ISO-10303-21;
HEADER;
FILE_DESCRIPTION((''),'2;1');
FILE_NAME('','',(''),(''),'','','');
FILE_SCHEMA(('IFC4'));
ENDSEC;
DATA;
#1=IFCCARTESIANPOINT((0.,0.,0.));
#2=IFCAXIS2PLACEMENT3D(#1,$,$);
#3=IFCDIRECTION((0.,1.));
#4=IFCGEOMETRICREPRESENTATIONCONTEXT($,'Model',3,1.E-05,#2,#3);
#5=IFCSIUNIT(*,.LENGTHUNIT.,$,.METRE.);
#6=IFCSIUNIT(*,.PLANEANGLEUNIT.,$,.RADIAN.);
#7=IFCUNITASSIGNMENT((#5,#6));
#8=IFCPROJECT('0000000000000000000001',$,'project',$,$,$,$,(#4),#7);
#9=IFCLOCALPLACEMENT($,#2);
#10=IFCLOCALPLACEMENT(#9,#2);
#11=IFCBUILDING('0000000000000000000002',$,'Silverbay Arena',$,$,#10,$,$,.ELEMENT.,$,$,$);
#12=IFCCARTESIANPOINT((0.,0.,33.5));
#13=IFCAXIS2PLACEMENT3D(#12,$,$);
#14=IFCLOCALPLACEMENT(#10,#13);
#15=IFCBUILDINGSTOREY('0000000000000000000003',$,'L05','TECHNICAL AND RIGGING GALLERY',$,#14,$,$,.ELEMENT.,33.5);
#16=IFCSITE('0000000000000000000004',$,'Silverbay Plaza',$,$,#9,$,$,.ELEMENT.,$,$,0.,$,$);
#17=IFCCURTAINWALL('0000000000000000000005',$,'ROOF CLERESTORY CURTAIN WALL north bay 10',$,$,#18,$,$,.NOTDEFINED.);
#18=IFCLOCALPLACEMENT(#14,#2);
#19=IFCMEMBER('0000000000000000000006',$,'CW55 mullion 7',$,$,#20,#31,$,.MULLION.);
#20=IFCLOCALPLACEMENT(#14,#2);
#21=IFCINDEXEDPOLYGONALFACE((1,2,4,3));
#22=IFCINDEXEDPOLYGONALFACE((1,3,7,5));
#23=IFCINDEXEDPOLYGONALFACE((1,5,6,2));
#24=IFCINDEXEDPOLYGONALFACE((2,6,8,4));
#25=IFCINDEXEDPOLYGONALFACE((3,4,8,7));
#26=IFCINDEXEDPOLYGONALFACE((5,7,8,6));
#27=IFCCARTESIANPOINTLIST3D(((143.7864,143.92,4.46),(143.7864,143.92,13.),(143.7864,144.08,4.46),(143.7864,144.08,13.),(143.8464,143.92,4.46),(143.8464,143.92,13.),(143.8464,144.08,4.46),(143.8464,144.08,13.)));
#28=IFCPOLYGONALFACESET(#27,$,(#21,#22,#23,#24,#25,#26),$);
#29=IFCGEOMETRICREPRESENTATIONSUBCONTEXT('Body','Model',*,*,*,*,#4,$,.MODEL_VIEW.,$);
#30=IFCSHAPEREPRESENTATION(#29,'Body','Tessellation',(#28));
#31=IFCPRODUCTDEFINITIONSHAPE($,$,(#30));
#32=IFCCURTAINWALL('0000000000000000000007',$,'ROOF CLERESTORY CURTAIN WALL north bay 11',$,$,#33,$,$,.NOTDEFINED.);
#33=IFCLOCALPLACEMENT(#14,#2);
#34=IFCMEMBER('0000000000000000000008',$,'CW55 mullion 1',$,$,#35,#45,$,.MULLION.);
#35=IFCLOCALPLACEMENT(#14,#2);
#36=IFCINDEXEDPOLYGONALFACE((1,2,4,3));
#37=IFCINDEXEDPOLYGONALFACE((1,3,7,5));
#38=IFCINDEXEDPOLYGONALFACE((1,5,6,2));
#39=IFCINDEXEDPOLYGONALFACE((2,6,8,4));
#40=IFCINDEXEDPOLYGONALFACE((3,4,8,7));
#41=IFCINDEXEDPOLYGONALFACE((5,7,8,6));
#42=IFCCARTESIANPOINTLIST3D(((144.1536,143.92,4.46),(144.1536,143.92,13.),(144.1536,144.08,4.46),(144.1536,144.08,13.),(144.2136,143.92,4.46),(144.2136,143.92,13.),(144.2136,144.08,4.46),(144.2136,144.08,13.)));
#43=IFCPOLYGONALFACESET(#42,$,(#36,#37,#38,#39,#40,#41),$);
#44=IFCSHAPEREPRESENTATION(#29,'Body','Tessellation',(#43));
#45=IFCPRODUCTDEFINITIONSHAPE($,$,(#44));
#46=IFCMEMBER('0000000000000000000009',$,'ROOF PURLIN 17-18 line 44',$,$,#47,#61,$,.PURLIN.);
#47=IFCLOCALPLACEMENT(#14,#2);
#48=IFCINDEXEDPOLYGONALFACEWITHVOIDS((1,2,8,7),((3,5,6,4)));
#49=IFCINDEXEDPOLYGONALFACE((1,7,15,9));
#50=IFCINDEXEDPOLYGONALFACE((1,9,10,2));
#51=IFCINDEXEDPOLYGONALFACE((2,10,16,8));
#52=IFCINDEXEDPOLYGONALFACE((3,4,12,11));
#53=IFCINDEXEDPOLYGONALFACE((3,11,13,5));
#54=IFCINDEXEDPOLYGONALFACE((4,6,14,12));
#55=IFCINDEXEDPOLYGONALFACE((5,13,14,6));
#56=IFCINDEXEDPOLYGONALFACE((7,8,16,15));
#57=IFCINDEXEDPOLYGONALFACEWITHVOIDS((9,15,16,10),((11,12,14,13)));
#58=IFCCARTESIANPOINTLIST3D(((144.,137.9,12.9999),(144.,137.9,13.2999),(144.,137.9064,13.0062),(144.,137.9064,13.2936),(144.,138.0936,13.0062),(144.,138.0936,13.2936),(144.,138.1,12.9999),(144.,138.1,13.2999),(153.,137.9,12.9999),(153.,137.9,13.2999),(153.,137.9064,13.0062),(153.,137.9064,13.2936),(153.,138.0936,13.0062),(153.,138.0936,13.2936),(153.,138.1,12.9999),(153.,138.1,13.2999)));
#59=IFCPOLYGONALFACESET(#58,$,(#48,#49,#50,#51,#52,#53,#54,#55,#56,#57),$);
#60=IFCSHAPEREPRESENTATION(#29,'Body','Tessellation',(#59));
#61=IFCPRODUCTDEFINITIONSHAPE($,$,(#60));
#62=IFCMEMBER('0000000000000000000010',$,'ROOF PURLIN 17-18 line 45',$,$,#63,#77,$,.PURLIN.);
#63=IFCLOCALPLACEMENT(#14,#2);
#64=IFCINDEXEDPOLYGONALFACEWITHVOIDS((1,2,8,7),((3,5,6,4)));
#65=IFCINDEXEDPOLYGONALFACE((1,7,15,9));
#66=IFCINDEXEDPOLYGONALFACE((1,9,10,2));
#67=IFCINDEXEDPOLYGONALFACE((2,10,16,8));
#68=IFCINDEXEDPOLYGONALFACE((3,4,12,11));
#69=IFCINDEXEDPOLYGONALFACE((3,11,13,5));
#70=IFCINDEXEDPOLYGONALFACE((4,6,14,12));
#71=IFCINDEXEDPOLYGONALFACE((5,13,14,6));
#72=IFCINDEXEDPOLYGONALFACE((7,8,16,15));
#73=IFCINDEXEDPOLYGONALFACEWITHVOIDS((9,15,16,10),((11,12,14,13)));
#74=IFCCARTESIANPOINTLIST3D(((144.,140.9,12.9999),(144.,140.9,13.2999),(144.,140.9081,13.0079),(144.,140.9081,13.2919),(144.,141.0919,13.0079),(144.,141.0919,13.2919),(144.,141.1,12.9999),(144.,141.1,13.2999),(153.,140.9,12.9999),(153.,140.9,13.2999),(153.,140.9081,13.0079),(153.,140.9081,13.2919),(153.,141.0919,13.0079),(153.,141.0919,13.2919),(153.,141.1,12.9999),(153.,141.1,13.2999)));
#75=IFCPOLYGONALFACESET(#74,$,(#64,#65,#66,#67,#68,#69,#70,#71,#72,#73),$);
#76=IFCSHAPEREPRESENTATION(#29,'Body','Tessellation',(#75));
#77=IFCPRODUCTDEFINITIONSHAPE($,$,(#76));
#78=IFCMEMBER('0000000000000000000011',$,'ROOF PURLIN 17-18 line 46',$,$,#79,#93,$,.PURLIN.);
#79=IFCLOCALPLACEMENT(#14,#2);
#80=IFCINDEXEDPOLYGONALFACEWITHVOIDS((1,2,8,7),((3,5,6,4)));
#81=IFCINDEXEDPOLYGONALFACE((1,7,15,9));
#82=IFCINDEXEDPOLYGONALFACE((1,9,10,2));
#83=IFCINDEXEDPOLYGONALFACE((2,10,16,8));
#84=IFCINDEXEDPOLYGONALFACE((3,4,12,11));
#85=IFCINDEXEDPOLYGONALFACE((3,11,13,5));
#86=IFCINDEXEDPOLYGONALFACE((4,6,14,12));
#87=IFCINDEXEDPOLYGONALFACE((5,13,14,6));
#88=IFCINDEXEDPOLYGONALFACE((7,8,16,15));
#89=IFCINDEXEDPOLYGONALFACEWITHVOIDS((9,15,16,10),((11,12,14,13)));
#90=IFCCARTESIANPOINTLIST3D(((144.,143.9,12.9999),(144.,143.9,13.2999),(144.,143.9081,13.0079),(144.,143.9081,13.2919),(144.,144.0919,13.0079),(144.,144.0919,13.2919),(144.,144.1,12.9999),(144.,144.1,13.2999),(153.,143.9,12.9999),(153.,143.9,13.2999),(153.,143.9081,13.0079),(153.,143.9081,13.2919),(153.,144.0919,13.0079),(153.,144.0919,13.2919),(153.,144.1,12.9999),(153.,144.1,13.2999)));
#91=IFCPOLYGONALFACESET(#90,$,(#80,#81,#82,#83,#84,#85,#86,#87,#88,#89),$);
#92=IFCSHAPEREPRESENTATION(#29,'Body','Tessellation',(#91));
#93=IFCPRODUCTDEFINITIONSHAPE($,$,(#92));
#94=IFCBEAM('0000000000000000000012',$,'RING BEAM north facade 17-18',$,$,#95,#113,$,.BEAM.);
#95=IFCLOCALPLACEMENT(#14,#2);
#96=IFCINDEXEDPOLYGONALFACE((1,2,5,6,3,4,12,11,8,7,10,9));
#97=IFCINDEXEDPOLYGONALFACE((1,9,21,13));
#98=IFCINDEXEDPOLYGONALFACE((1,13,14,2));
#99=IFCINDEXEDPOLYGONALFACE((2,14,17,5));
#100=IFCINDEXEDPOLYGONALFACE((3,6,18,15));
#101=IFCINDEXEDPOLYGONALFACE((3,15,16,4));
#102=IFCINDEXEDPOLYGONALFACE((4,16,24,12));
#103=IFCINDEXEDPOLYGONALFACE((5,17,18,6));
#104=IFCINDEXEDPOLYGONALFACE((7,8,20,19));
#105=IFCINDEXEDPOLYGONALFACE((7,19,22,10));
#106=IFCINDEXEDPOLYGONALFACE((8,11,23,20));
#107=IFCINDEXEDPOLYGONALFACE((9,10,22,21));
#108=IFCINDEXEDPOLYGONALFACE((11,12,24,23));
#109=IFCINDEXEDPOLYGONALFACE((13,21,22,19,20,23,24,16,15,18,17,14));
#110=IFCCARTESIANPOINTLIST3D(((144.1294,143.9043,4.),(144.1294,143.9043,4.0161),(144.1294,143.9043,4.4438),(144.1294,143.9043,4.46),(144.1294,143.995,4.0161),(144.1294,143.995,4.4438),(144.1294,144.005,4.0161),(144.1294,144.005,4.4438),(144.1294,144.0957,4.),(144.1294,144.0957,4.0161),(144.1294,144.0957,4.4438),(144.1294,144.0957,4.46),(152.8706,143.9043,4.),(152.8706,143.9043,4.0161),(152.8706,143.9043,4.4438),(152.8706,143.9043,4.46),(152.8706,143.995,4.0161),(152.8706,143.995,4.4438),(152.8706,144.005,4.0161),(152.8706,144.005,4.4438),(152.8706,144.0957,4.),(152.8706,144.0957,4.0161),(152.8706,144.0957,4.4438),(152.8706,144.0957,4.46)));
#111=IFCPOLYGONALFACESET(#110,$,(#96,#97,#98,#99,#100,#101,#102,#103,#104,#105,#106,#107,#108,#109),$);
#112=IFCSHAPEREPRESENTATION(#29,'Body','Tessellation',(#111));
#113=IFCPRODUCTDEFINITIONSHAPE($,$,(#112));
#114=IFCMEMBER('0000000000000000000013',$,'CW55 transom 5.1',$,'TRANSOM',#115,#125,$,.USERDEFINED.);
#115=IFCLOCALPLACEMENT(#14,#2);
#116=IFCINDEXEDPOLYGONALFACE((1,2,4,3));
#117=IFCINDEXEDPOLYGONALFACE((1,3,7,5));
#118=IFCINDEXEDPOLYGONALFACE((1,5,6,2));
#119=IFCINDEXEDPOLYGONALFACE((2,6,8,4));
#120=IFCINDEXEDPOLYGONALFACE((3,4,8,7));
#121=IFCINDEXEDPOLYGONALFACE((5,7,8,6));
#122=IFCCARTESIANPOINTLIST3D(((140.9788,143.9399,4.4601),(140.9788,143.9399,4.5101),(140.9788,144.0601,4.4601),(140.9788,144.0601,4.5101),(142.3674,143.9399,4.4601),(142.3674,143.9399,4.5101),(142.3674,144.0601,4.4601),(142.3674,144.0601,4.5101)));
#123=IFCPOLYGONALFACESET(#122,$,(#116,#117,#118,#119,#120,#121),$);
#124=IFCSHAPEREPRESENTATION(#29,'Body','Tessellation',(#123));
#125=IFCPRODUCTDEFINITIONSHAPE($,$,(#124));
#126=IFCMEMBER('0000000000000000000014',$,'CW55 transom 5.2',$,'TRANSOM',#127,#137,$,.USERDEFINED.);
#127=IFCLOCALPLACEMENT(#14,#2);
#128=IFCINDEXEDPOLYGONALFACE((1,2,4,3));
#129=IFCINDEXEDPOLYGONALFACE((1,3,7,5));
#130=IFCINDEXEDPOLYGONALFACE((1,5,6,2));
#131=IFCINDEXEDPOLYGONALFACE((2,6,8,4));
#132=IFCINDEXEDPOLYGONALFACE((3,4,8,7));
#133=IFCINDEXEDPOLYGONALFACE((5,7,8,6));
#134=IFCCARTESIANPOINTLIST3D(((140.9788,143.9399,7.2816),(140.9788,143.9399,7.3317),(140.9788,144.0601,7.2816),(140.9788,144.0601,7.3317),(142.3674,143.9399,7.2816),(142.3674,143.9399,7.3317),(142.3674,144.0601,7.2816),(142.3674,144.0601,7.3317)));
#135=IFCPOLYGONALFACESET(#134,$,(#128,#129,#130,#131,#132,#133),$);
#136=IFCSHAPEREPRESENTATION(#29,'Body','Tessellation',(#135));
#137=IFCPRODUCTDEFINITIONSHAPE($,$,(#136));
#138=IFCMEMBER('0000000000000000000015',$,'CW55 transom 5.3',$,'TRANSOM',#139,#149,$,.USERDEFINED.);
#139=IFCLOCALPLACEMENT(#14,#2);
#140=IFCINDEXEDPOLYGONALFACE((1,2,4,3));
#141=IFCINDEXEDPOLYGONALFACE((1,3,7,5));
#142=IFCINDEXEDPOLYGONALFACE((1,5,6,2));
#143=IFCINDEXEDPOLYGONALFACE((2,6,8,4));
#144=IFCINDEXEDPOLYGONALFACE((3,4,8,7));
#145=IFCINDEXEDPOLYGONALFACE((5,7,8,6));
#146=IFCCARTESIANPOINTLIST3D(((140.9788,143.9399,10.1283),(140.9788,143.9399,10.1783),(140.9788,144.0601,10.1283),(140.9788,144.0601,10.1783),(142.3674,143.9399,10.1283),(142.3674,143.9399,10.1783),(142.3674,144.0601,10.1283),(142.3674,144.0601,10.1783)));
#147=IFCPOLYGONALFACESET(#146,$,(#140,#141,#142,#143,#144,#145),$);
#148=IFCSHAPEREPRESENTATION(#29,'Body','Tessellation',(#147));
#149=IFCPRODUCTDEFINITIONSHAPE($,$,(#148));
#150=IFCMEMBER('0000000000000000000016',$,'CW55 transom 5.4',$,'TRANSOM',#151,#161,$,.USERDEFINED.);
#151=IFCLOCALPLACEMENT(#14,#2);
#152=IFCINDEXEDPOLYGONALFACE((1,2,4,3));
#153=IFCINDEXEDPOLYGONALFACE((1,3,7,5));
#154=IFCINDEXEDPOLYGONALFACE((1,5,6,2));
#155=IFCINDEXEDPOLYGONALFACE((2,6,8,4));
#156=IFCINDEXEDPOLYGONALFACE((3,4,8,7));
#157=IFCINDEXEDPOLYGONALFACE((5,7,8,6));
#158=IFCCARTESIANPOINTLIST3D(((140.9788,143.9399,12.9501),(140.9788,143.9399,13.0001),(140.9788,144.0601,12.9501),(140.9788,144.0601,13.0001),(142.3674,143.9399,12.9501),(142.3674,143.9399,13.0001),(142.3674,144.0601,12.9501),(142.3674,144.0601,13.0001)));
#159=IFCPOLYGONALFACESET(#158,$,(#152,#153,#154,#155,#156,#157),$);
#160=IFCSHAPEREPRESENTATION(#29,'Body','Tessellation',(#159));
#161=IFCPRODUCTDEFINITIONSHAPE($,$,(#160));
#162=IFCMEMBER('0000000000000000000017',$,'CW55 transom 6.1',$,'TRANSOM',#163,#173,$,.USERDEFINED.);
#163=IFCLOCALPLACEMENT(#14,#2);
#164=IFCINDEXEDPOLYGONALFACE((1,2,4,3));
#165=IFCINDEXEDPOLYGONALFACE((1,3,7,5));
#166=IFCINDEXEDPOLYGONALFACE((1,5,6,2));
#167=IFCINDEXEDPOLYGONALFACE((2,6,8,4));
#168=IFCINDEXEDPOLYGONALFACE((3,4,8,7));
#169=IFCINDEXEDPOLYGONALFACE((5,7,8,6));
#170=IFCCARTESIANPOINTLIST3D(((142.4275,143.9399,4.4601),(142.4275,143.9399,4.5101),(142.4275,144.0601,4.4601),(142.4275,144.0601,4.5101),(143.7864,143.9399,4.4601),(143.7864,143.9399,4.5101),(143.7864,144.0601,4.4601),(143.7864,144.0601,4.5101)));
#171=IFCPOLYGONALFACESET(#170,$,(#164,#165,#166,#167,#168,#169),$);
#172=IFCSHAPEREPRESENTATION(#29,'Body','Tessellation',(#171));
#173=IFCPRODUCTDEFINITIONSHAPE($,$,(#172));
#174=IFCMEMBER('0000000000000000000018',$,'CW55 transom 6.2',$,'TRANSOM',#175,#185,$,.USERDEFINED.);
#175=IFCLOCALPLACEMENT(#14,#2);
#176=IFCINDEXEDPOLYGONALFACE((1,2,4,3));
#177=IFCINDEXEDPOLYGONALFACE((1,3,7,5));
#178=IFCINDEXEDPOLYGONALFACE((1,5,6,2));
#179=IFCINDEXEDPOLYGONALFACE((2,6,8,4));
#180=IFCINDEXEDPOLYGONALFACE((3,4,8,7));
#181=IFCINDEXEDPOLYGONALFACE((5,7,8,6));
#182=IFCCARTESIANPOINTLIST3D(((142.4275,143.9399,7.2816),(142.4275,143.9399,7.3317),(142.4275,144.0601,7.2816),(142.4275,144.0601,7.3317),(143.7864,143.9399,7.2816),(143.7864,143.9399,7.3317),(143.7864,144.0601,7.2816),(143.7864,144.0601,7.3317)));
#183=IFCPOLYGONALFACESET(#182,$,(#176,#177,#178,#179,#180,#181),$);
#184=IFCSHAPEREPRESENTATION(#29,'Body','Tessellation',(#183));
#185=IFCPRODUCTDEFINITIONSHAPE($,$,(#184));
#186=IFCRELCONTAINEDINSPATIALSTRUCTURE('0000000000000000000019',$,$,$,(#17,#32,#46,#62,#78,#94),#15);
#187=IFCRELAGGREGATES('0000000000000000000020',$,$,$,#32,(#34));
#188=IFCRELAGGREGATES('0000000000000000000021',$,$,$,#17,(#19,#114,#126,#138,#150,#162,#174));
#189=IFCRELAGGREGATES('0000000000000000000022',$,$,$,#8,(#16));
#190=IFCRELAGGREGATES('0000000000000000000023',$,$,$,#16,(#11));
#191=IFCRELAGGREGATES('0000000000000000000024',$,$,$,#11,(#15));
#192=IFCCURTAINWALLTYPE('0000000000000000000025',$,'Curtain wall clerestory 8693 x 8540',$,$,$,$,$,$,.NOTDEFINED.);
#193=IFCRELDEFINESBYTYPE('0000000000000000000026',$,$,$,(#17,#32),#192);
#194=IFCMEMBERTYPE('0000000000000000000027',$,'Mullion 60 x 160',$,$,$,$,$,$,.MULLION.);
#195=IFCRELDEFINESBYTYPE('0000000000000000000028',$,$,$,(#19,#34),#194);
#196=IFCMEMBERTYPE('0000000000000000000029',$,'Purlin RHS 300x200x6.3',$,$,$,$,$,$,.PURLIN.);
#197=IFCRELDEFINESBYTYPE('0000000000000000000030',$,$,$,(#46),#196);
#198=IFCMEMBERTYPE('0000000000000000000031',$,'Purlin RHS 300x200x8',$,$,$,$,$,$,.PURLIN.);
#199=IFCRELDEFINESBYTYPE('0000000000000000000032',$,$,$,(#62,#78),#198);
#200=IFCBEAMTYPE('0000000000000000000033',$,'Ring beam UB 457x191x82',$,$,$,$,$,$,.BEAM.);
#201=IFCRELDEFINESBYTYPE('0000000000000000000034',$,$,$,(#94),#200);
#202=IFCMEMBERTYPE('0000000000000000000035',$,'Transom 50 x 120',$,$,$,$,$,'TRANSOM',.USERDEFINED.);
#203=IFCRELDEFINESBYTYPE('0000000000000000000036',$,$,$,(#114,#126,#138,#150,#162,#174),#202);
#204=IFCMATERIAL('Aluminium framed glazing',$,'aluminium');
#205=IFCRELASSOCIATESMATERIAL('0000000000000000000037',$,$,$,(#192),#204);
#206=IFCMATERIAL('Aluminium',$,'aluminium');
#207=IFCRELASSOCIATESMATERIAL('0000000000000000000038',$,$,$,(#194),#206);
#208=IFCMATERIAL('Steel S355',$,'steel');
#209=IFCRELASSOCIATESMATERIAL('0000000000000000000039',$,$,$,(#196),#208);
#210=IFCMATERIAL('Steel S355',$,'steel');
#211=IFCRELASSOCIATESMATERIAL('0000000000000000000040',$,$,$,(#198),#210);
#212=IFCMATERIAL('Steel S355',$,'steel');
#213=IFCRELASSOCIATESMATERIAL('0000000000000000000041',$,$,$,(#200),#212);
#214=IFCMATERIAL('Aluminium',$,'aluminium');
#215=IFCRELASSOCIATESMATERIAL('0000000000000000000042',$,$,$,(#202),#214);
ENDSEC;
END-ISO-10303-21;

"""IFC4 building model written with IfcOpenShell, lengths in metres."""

from ifc_helpers import new_model, si_unit, direction, frame, origin, origin_2d, place, context, subcontext, project, spatial, rectangle, hollow_rectangle, i_section, extrude, material, material_profile, profile_set, type_object, element, aggregate, save


model = new_model("IFC4")

# Units and contexts
model_context = context("Model", 3, precision=1e-05, world=origin(), true_north=direction((0.0, 1.0)))
body_context = subcontext(model_context, "Body", "Model", "MODEL_VIEW")
ifc_project = project(units=[si_unit("LENGTHUNIT", "METRE"), si_unit("PLANEANGLEUNIT", "RADIAN")], contexts=[model_context])

# Site, building, storey
site_placement = place(None, origin())
site = spatial("IfcSite", under=ifc_project, at=site_placement, Name="Silverbay Plaza", CompositionType="ELEMENT", RefElevation=0.0)
building_placement = place(site_placement, origin())
building = spatial("IfcBuilding", under=site, at=building_placement, Name="Silverbay Arena", CompositionType="ELEMENT")
storey_placement = place(building_placement, frame((0.0, 0.0, 33.5)))
storey = spatial("IfcBuildingStorey", under=building, at=storey_placement, Name="L05", Description="TECHNICAL AND RIGGING GALLERY", CompositionType="ELEMENT", Elevation=33.5)

# Curtain wall, member
ifc_material_1 = material(Name="Aluminium framed glazing", Category="aluminium")
curtain_wall_type = type_object("IfcCurtainWallType", Name="Curtain wall clerestory 8693 x 8540", PredefinedType="NOTDEFINED", material=ifc_material_1)
curtain_wall_1_placement = place(storey_placement, origin())
curtain_wall_1 = element("IfcCurtainWall", 1, at=curtain_wall_1_placement, inside=storey, type_object=curtain_wall_type, Name="ROOF CLERESTORY CURTAIN WALL north bay 10", PredefinedType="NOTDEFINED")
ifc_material_2 = material(Name="Aluminium", Category="aluminium")
ifc_material_profile_1 = material_profile(ifc_material_2, rectangle(XDim=0.1599, YDim=0.0601, at=origin_2d()), Name="Mullion 60 x 160")
ifc_profile_set_1 = profile_set([ifc_material_profile_1], Name="Aluminium")
member_type_1 = type_object("IfcMemberType", Name="Mullion 60 x 160", PredefinedType="MULLION", material=ifc_profile_set_1)
member_1_placement = place(storey_placement, frame((143.8164, 144.0, 4.46), z_axis=(0.0, 0.0, 1.0), x_axis=(0.0, 1.0, 0.0)))
member_1 = element("IfcMember", 2, at=member_1_placement, type_object=member_type_1, Name="CW55 mullion 7", PredefinedType="MULLION", context=body_context, shape_type="SweptSolid", body=[
    extrude(rectangle(XDim=0.1599, YDim=0.0601, at=origin_2d()), origin(), (0.0, 0.0, 1.0), 8.54),
])

# Curtain wall, member
curtain_wall_2_placement = place(storey_placement, origin())
curtain_wall_2 = element("IfcCurtainWall", 3, at=curtain_wall_2_placement, inside=storey, type_object=curtain_wall_type, Name="ROOF CLERESTORY CURTAIN WALL north bay 11", PredefinedType="NOTDEFINED")
member_2_placement = place(storey_placement, frame((144.1836, 144.0, 4.46), z_axis=(0.0, 0.0, 1.0), x_axis=(0.0, 1.0, 0.0)))
member_2 = element("IfcMember", 4, at=member_2_placement, type_object=member_type_1, Name="CW55 mullion 1", PredefinedType="MULLION", context=body_context, shape_type="SweptSolid", body=[
    extrude(rectangle(XDim=0.1599, YDim=0.0601, at=origin_2d()), origin(), (0.0, 0.0, 1.0), 8.54),
])

# Members
ifc_material_3 = material(Name="Steel S355", Category="steel")
ifc_material_profile_2 = material_profile(ifc_material_3, hollow_rectangle(XDim=0.2, YDim=0.3, WallThickness=0.0063, at=origin_2d()), Name="RHS 300x200x6.3")
ifc_profile_set_2 = profile_set([ifc_material_profile_2], Name="Steel S355")
member_type_2 = type_object("IfcMemberType", Name="Purlin RHS 300x200x6.3", PredefinedType="PURLIN", material=ifc_profile_set_2)
member_3_placement = place(storey_placement, frame((144.0, 138.0, 13.1499), z_axis=(1.0, 0.0, 0.0), x_axis=(0.0, 1.0, 0.0)))
element("IfcMember", 5, at=member_3_placement, inside=storey, type_object=member_type_2, Name="ROOF PURLIN 17-18 line 44", PredefinedType="PURLIN", context=body_context, shape_type="SweptSolid", body=[
    extrude(hollow_rectangle(XDim=0.2, YDim=0.3, WallThickness=0.0063, at=origin_2d()), origin(), (0.0, 0.0, 1.0), 9.0),
])
ifc_material_4 = material(Name="Steel S355", Category="steel")
ifc_material_profile_3 = material_profile(ifc_material_4, hollow_rectangle(XDim=0.2, YDim=0.3, WallThickness=0.0081, at=origin_2d()), Name="RHS 300x200x8")
ifc_profile_set_3 = profile_set([ifc_material_profile_3], Name="Steel S355")
member_type_3 = type_object("IfcMemberType", Name="Purlin RHS 300x200x8", PredefinedType="PURLIN", material=ifc_profile_set_3)
for number, where, z_axis, x_axis, name in (
    (6, (144.0, 141.0, 13.1499), (1.0, 0.0, 0.0), (0.0, 1.0, 0.0), "ROOF PURLIN 17-18 line 45"),
    (7, (144.0, 144.0, 13.1499), (1.0, 0.0, 0.0), (0.0, 1.0, 0.0), "ROOF PURLIN 17-18 line 46"),
):
    element("IfcMember", number, at=place(storey_placement, frame(where, z_axis=z_axis, x_axis=x_axis)), inside=storey, type_object=member_type_3, Name=name, PredefinedType="PURLIN", context=body_context, shape_type="SweptSolid", body=[
        extrude(hollow_rectangle(XDim=0.2, YDim=0.3, WallThickness=0.0081, at=origin_2d()), origin(), (0.0, 0.0, 1.0), 9.0),
    ])

# Beam
ifc_material_5 = material(Name="Steel S355", Category="steel")
ifc_material_profile_4 = material_profile(ifc_material_5, i_section(OverallWidth=0.1914, OverallDepth=0.46, WebThickness=0.01, FlangeThickness=0.0161, at=origin_2d()), Name="UB 457x191x82")
ifc_profile_set_4 = profile_set([ifc_material_profile_4], Name="Steel S355")
beam_type = type_object("IfcBeamType", Name="Ring beam UB 457x191x82", PredefinedType="BEAM", material=ifc_profile_set_4)
beam_placement = place(storey_placement, frame((144.1294, 144.0, 4.23), z_axis=(1.0, 0.0, 0.0), x_axis=(0.0, 1.0, 0.0)))
element("IfcBeam", 8, at=beam_placement, inside=storey, type_object=beam_type, Name="RING BEAM north facade 17-18", PredefinedType="BEAM", context=body_context, shape_type="SweptSolid", body=[
    extrude(i_section(OverallWidth=0.1914, OverallDepth=0.46, WebThickness=0.01, FlangeThickness=0.0161, at=origin_2d()), origin(), (0.0, 0.0, 1.0), 8.7412),
])

# Members
ifc_material_6 = material(Name="Aluminium", Category="aluminium")
ifc_material_profile_5 = material_profile(ifc_material_6, rectangle(XDim=0.1201, YDim=0.05, at=origin_2d()), Name="Transom 50 x 120")
ifc_profile_set_5 = profile_set([ifc_material_profile_5], Name="Aluminium")
member_type_4 = type_object("IfcMemberType", Name="Transom 50 x 120", ElementType="TRANSOM", PredefinedType="USERDEFINED", material=ifc_profile_set_5)
member_4_placement = place(storey_placement, frame((140.9788, 144.0, 4.4851), z_axis=(1.0, 0.0, 0.0), x_axis=(0.0, 1.0, 0.0)))
member_4 = element("IfcMember", 9, at=member_4_placement, type_object=member_type_4, Name="CW55 transom 5.1", ObjectType="TRANSOM", PredefinedType="USERDEFINED", context=body_context, shape_type="SweptSolid", body=[
    extrude(rectangle(XDim=0.1201, YDim=0.05, at=origin_2d()), origin(), (0.0, 0.0, 1.0), 1.3887),
])
member_5_placement = place(storey_placement, frame((140.9788, 144.0, 7.3066), z_axis=(1.0, 0.0, 0.0), x_axis=(0.0, 1.0, 0.0)))
member_5 = element("IfcMember", 10, at=member_5_placement, type_object=member_type_4, Name="CW55 transom 5.2", ObjectType="TRANSOM", PredefinedType="USERDEFINED", context=body_context, shape_type="SweptSolid", body=[
    extrude(rectangle(XDim=0.1201, YDim=0.05, at=origin_2d()), origin(), (0.0, 0.0, 1.0), 1.3887),
])
member_6_placement = place(storey_placement, frame((140.9788, 144.0, 10.1533), z_axis=(1.0, 0.0, 0.0), x_axis=(0.0, 1.0, 0.0)))
member_6 = element("IfcMember", 11, at=member_6_placement, type_object=member_type_4, Name="CW55 transom 5.3", ObjectType="TRANSOM", PredefinedType="USERDEFINED", context=body_context, shape_type="SweptSolid", body=[
    extrude(rectangle(XDim=0.1201, YDim=0.05, at=origin_2d()), origin(), (0.0, 0.0, 1.0), 1.3887),
])
member_7_placement = place(storey_placement, frame((140.9788, 144.0, 12.9751), z_axis=(1.0, 0.0, 0.0), x_axis=(0.0, 1.0, 0.0)))
member_7 = element("IfcMember", 12, at=member_7_placement, type_object=member_type_4, Name="CW55 transom 5.4", ObjectType="TRANSOM", PredefinedType="USERDEFINED", context=body_context, shape_type="SweptSolid", body=[
    extrude(rectangle(XDim=0.1201, YDim=0.05, at=origin_2d()), origin(), (0.0, 0.0, 1.0), 1.3887),
])
member_8_placement = place(storey_placement, frame((142.4275, 144.0, 4.4851), z_axis=(1.0, 0.0, 0.0), x_axis=(0.0, 1.0, 0.0)))
member_8 = element("IfcMember", 13, at=member_8_placement, type_object=member_type_4, Name="CW55 transom 6.1", ObjectType="TRANSOM", PredefinedType="USERDEFINED", context=body_context, shape_type="SweptSolid", body=[
    extrude(rectangle(XDim=0.1201, YDim=0.05, at=origin_2d()), origin(), (0.0, 0.0, 1.0), 1.3589),
])
member_9_placement = place(storey_placement, frame((142.4275, 144.0, 7.3066), z_axis=(1.0, 0.0, 0.0), x_axis=(0.0, 1.0, 0.0)))
member_9 = element("IfcMember", 14, at=member_9_placement, type_object=member_type_4, Name="CW55 transom 6.2", ObjectType="TRANSOM", PredefinedType="USERDEFINED", context=body_context, shape_type="SweptSolid", body=[
    extrude(rectangle(XDim=0.1201, YDim=0.05, at=origin_2d()), origin(), (0.0, 0.0, 1.0), 1.3589),
])
aggregate(curtain_wall_2, [member_2])

aggregate(curtain_wall_1, [member_1, member_4, member_5, member_6, member_7, member_8, member_9])

save(model, "model.ifc")
